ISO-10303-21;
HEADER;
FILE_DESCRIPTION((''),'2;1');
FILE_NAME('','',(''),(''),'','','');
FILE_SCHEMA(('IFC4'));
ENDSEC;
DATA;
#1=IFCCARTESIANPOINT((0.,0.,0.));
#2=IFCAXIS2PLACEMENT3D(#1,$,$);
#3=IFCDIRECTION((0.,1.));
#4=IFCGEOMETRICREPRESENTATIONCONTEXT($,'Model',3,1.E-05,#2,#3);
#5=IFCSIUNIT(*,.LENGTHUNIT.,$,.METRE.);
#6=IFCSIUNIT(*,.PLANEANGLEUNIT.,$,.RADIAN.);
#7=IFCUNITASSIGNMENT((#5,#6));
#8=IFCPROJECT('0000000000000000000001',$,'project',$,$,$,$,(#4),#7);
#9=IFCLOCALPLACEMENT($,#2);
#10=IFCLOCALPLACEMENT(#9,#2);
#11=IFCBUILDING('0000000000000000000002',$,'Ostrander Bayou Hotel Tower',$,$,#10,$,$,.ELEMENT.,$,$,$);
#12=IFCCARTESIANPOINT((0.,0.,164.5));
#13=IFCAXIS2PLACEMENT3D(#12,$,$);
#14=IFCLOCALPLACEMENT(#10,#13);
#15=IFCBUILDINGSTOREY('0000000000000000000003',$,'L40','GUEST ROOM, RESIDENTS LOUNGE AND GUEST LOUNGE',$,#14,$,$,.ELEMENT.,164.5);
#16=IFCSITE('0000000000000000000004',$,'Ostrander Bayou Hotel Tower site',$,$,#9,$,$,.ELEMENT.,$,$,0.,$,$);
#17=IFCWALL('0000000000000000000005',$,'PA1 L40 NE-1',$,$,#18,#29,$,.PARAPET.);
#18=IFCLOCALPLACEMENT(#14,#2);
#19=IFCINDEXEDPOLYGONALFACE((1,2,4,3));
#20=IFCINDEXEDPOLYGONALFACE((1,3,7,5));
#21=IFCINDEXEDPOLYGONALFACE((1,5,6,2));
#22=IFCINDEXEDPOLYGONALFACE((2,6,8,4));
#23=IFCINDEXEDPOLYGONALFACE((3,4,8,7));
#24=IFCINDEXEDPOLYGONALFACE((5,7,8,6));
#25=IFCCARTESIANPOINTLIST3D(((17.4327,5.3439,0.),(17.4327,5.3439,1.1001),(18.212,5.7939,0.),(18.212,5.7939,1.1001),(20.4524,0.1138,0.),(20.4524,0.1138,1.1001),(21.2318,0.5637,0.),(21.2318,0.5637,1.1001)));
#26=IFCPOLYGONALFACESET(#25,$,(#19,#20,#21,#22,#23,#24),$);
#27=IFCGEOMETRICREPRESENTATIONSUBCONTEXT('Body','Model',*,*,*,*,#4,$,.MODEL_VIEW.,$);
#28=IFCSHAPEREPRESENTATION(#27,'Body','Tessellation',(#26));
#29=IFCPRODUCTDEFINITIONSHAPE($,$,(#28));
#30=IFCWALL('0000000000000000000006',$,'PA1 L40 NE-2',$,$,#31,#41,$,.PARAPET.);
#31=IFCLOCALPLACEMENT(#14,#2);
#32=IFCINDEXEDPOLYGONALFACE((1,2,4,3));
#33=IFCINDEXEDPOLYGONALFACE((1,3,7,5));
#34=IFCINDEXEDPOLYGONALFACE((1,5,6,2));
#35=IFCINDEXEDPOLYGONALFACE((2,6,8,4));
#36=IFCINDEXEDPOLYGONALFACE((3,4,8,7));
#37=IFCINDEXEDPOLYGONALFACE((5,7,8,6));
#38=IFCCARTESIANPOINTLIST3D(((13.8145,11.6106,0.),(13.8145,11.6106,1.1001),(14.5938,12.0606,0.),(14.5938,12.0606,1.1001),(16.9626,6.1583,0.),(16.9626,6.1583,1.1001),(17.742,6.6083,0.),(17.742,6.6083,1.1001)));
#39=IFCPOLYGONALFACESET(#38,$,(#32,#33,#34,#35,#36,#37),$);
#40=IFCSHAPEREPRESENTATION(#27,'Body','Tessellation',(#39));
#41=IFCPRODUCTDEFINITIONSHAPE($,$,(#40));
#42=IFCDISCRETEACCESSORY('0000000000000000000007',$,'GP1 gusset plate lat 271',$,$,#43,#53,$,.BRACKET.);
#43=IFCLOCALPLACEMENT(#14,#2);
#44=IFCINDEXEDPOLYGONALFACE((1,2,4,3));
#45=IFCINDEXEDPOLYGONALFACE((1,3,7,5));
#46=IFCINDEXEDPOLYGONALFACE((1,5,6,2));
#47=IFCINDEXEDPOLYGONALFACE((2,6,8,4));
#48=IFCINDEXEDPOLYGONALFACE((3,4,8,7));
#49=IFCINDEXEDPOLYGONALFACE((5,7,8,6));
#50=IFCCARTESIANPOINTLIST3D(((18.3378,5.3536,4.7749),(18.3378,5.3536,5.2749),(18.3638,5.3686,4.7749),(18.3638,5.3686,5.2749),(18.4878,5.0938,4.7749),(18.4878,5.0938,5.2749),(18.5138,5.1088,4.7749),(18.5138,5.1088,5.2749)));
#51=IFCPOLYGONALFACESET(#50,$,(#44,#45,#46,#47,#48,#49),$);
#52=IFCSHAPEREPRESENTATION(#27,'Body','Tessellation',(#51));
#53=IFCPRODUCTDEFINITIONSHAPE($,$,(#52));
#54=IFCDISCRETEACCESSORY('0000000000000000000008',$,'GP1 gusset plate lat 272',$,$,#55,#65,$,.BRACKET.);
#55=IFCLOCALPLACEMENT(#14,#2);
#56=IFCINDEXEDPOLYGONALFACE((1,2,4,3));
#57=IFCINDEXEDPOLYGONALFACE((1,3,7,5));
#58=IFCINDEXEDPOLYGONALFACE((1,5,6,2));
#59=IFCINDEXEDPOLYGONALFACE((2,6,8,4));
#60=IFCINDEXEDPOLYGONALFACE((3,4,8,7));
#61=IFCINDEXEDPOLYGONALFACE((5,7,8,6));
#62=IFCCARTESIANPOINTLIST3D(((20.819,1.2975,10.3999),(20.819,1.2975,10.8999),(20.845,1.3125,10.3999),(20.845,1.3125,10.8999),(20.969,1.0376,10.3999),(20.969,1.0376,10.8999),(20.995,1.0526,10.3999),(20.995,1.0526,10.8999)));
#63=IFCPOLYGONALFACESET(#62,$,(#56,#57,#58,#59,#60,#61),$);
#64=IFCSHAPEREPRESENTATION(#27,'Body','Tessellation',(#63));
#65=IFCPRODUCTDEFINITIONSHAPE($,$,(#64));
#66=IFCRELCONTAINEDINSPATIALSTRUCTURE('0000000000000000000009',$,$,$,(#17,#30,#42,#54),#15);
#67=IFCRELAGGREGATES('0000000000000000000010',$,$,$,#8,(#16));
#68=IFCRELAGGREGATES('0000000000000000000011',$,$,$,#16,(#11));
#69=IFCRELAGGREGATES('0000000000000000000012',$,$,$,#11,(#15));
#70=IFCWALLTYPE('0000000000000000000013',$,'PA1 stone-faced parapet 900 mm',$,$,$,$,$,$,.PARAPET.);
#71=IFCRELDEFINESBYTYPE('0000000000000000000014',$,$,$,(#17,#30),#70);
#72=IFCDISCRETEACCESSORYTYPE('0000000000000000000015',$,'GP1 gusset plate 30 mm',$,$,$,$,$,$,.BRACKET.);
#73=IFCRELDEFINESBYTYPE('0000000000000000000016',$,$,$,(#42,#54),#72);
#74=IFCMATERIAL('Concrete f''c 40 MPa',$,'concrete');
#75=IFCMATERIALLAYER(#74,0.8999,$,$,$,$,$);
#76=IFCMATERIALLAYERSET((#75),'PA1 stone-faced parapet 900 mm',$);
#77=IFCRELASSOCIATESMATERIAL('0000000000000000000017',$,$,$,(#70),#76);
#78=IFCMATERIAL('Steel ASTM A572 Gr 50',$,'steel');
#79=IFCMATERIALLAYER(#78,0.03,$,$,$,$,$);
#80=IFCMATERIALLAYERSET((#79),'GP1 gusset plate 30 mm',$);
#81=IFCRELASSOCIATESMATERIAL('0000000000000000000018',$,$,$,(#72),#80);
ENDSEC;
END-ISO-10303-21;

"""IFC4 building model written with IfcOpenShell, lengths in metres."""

from ifc_helpers import new_model, si_unit, direction, frame, frame_2d, origin, origin_2d, place, context, subcontext, project, spatial, rectangle, extrude, material, layer, layer_set, type_object, element, save


model = new_model("IFC4")

# Units and contexts
model_context = context("Model", 3, precision=1e-05, world=origin(), true_north=direction((0.0, 1.0)))
body_context = subcontext(model_context, "Body", "Model", "MODEL_VIEW")
ifc_project = project(units=[si_unit("LENGTHUNIT", "METRE"), si_unit("PLANEANGLEUNIT", "RADIAN")], contexts=[model_context])

# Site, building, storey
site_placement = place(None, origin())
site = spatial("IfcSite", under=ifc_project, at=site_placement, Name="Ostrander Bayou Hotel Tower site", CompositionType="ELEMENT", RefElevation=0.0)
building_placement = place(site_placement, origin())
building = spatial("IfcBuilding", under=site, at=building_placement, Name="Ostrander Bayou Hotel Tower", CompositionType="ELEMENT")
storey_placement = place(building_placement, frame((0.0, 0.0, 164.5)))
storey = spatial("IfcBuildingStorey", under=building, at=storey_placement, Name="L40", Description="GUEST ROOM, RESIDENTS LOUNGE AND GUEST LOUNGE", CompositionType="ELEMENT", Elevation=164.5)

# Walls
ifc_material_1 = material(Name="Concrete f'c 40 MPa", Category="concrete")
ifc_layer_1 = layer(ifc_material_1, 0.8999)
ifc_layer_set_1 = layer_set([ifc_layer_1], Name="PA1 stone-faced parapet 900 mm")
wall_type_1 = type_object("IfcWallType", Name="PA1 stone-faced parapet 900 mm", PredefinedType="PARAPET", material=ifc_layer_set_1)
wall_1_placement = place(storey_placement, frame((20.842, 0.3389, 0.0), z_axis=(0.0, 0.0, 1.0), x_axis=(-0.500013, 0.866018, 0.0)))
element("IfcWall", 1, at=wall_1_placement, inside=storey, type_object=wall_type_1, Name="PA1 L40 NE-1", PredefinedType="PARAPET", context=body_context, shape_type="SweptSolid", body=[
    extrude(rectangle(XDim=6.0393, YDim=0.8999, at=frame_2d((3.0195, 0.0))), origin(), (0.0, 0.0, 1.0), 1.1001),
])
wall_2_placement = place(storey_placement, frame((17.3523, 6.3833, 0.0), z_axis=(0.0, 0.0, 1.0), x_axis=(-0.50003, 0.866008, 0.0)))
element("IfcWall", 2, at=wall_2_placement, inside=storey, type_object=wall_type_1, Name="PA1 L40 NE-2", PredefinedType="PARAPET", context=body_context, shape_type="SweptSolid", body=[
    extrude(rectangle(XDim=6.2959, YDim=0.8999, at=frame_2d((3.1479, 0.0))), origin(), (0.0, 0.0, 1.0), 1.1001),
])

# Discrete accessories
ifc_material_2 = material(Name="Steel ASTM A572 Gr 50", Category="steel")
ifc_layer_2 = layer(ifc_material_2, 0.03)
ifc_layer_set_2 = layer_set([ifc_layer_2], Name="GP1 gusset plate 30 mm")
discrete_accessory_type = type_object("IfcDiscreteAccessoryType", Name="GP1 gusset plate 30 mm", PredefinedType="BRACKET", material=ifc_layer_set_2)
for number, where, z_axis, x_axis, name in (
    (3, (18.4258, 5.2312, 4.7749), (0.0, 0.0, 1.0), (-0.5, 0.866025, 0.0), "GP1 gusset plate lat 271"),
    (4, (20.907, 1.175, 10.3999), (0.0, 0.0, 1.0), (-0.5, 0.866025, 0.0), "GP1 gusset plate lat 272"),
):
    element("IfcDiscreteAccessory", number, at=place(storey_placement, frame(where, z_axis=z_axis, x_axis=x_axis)), inside=storey, type_object=discrete_accessory_type, Name=name, PredefinedType="BRACKET", context=body_context, shape_type="SweptSolid", body=[
        extrude(rectangle(XDim=0.3, YDim=0.03, at=origin_2d()), origin(), (0.0, 0.0, 1.0), 0.5),
    ])

save(model, "model.ifc")
